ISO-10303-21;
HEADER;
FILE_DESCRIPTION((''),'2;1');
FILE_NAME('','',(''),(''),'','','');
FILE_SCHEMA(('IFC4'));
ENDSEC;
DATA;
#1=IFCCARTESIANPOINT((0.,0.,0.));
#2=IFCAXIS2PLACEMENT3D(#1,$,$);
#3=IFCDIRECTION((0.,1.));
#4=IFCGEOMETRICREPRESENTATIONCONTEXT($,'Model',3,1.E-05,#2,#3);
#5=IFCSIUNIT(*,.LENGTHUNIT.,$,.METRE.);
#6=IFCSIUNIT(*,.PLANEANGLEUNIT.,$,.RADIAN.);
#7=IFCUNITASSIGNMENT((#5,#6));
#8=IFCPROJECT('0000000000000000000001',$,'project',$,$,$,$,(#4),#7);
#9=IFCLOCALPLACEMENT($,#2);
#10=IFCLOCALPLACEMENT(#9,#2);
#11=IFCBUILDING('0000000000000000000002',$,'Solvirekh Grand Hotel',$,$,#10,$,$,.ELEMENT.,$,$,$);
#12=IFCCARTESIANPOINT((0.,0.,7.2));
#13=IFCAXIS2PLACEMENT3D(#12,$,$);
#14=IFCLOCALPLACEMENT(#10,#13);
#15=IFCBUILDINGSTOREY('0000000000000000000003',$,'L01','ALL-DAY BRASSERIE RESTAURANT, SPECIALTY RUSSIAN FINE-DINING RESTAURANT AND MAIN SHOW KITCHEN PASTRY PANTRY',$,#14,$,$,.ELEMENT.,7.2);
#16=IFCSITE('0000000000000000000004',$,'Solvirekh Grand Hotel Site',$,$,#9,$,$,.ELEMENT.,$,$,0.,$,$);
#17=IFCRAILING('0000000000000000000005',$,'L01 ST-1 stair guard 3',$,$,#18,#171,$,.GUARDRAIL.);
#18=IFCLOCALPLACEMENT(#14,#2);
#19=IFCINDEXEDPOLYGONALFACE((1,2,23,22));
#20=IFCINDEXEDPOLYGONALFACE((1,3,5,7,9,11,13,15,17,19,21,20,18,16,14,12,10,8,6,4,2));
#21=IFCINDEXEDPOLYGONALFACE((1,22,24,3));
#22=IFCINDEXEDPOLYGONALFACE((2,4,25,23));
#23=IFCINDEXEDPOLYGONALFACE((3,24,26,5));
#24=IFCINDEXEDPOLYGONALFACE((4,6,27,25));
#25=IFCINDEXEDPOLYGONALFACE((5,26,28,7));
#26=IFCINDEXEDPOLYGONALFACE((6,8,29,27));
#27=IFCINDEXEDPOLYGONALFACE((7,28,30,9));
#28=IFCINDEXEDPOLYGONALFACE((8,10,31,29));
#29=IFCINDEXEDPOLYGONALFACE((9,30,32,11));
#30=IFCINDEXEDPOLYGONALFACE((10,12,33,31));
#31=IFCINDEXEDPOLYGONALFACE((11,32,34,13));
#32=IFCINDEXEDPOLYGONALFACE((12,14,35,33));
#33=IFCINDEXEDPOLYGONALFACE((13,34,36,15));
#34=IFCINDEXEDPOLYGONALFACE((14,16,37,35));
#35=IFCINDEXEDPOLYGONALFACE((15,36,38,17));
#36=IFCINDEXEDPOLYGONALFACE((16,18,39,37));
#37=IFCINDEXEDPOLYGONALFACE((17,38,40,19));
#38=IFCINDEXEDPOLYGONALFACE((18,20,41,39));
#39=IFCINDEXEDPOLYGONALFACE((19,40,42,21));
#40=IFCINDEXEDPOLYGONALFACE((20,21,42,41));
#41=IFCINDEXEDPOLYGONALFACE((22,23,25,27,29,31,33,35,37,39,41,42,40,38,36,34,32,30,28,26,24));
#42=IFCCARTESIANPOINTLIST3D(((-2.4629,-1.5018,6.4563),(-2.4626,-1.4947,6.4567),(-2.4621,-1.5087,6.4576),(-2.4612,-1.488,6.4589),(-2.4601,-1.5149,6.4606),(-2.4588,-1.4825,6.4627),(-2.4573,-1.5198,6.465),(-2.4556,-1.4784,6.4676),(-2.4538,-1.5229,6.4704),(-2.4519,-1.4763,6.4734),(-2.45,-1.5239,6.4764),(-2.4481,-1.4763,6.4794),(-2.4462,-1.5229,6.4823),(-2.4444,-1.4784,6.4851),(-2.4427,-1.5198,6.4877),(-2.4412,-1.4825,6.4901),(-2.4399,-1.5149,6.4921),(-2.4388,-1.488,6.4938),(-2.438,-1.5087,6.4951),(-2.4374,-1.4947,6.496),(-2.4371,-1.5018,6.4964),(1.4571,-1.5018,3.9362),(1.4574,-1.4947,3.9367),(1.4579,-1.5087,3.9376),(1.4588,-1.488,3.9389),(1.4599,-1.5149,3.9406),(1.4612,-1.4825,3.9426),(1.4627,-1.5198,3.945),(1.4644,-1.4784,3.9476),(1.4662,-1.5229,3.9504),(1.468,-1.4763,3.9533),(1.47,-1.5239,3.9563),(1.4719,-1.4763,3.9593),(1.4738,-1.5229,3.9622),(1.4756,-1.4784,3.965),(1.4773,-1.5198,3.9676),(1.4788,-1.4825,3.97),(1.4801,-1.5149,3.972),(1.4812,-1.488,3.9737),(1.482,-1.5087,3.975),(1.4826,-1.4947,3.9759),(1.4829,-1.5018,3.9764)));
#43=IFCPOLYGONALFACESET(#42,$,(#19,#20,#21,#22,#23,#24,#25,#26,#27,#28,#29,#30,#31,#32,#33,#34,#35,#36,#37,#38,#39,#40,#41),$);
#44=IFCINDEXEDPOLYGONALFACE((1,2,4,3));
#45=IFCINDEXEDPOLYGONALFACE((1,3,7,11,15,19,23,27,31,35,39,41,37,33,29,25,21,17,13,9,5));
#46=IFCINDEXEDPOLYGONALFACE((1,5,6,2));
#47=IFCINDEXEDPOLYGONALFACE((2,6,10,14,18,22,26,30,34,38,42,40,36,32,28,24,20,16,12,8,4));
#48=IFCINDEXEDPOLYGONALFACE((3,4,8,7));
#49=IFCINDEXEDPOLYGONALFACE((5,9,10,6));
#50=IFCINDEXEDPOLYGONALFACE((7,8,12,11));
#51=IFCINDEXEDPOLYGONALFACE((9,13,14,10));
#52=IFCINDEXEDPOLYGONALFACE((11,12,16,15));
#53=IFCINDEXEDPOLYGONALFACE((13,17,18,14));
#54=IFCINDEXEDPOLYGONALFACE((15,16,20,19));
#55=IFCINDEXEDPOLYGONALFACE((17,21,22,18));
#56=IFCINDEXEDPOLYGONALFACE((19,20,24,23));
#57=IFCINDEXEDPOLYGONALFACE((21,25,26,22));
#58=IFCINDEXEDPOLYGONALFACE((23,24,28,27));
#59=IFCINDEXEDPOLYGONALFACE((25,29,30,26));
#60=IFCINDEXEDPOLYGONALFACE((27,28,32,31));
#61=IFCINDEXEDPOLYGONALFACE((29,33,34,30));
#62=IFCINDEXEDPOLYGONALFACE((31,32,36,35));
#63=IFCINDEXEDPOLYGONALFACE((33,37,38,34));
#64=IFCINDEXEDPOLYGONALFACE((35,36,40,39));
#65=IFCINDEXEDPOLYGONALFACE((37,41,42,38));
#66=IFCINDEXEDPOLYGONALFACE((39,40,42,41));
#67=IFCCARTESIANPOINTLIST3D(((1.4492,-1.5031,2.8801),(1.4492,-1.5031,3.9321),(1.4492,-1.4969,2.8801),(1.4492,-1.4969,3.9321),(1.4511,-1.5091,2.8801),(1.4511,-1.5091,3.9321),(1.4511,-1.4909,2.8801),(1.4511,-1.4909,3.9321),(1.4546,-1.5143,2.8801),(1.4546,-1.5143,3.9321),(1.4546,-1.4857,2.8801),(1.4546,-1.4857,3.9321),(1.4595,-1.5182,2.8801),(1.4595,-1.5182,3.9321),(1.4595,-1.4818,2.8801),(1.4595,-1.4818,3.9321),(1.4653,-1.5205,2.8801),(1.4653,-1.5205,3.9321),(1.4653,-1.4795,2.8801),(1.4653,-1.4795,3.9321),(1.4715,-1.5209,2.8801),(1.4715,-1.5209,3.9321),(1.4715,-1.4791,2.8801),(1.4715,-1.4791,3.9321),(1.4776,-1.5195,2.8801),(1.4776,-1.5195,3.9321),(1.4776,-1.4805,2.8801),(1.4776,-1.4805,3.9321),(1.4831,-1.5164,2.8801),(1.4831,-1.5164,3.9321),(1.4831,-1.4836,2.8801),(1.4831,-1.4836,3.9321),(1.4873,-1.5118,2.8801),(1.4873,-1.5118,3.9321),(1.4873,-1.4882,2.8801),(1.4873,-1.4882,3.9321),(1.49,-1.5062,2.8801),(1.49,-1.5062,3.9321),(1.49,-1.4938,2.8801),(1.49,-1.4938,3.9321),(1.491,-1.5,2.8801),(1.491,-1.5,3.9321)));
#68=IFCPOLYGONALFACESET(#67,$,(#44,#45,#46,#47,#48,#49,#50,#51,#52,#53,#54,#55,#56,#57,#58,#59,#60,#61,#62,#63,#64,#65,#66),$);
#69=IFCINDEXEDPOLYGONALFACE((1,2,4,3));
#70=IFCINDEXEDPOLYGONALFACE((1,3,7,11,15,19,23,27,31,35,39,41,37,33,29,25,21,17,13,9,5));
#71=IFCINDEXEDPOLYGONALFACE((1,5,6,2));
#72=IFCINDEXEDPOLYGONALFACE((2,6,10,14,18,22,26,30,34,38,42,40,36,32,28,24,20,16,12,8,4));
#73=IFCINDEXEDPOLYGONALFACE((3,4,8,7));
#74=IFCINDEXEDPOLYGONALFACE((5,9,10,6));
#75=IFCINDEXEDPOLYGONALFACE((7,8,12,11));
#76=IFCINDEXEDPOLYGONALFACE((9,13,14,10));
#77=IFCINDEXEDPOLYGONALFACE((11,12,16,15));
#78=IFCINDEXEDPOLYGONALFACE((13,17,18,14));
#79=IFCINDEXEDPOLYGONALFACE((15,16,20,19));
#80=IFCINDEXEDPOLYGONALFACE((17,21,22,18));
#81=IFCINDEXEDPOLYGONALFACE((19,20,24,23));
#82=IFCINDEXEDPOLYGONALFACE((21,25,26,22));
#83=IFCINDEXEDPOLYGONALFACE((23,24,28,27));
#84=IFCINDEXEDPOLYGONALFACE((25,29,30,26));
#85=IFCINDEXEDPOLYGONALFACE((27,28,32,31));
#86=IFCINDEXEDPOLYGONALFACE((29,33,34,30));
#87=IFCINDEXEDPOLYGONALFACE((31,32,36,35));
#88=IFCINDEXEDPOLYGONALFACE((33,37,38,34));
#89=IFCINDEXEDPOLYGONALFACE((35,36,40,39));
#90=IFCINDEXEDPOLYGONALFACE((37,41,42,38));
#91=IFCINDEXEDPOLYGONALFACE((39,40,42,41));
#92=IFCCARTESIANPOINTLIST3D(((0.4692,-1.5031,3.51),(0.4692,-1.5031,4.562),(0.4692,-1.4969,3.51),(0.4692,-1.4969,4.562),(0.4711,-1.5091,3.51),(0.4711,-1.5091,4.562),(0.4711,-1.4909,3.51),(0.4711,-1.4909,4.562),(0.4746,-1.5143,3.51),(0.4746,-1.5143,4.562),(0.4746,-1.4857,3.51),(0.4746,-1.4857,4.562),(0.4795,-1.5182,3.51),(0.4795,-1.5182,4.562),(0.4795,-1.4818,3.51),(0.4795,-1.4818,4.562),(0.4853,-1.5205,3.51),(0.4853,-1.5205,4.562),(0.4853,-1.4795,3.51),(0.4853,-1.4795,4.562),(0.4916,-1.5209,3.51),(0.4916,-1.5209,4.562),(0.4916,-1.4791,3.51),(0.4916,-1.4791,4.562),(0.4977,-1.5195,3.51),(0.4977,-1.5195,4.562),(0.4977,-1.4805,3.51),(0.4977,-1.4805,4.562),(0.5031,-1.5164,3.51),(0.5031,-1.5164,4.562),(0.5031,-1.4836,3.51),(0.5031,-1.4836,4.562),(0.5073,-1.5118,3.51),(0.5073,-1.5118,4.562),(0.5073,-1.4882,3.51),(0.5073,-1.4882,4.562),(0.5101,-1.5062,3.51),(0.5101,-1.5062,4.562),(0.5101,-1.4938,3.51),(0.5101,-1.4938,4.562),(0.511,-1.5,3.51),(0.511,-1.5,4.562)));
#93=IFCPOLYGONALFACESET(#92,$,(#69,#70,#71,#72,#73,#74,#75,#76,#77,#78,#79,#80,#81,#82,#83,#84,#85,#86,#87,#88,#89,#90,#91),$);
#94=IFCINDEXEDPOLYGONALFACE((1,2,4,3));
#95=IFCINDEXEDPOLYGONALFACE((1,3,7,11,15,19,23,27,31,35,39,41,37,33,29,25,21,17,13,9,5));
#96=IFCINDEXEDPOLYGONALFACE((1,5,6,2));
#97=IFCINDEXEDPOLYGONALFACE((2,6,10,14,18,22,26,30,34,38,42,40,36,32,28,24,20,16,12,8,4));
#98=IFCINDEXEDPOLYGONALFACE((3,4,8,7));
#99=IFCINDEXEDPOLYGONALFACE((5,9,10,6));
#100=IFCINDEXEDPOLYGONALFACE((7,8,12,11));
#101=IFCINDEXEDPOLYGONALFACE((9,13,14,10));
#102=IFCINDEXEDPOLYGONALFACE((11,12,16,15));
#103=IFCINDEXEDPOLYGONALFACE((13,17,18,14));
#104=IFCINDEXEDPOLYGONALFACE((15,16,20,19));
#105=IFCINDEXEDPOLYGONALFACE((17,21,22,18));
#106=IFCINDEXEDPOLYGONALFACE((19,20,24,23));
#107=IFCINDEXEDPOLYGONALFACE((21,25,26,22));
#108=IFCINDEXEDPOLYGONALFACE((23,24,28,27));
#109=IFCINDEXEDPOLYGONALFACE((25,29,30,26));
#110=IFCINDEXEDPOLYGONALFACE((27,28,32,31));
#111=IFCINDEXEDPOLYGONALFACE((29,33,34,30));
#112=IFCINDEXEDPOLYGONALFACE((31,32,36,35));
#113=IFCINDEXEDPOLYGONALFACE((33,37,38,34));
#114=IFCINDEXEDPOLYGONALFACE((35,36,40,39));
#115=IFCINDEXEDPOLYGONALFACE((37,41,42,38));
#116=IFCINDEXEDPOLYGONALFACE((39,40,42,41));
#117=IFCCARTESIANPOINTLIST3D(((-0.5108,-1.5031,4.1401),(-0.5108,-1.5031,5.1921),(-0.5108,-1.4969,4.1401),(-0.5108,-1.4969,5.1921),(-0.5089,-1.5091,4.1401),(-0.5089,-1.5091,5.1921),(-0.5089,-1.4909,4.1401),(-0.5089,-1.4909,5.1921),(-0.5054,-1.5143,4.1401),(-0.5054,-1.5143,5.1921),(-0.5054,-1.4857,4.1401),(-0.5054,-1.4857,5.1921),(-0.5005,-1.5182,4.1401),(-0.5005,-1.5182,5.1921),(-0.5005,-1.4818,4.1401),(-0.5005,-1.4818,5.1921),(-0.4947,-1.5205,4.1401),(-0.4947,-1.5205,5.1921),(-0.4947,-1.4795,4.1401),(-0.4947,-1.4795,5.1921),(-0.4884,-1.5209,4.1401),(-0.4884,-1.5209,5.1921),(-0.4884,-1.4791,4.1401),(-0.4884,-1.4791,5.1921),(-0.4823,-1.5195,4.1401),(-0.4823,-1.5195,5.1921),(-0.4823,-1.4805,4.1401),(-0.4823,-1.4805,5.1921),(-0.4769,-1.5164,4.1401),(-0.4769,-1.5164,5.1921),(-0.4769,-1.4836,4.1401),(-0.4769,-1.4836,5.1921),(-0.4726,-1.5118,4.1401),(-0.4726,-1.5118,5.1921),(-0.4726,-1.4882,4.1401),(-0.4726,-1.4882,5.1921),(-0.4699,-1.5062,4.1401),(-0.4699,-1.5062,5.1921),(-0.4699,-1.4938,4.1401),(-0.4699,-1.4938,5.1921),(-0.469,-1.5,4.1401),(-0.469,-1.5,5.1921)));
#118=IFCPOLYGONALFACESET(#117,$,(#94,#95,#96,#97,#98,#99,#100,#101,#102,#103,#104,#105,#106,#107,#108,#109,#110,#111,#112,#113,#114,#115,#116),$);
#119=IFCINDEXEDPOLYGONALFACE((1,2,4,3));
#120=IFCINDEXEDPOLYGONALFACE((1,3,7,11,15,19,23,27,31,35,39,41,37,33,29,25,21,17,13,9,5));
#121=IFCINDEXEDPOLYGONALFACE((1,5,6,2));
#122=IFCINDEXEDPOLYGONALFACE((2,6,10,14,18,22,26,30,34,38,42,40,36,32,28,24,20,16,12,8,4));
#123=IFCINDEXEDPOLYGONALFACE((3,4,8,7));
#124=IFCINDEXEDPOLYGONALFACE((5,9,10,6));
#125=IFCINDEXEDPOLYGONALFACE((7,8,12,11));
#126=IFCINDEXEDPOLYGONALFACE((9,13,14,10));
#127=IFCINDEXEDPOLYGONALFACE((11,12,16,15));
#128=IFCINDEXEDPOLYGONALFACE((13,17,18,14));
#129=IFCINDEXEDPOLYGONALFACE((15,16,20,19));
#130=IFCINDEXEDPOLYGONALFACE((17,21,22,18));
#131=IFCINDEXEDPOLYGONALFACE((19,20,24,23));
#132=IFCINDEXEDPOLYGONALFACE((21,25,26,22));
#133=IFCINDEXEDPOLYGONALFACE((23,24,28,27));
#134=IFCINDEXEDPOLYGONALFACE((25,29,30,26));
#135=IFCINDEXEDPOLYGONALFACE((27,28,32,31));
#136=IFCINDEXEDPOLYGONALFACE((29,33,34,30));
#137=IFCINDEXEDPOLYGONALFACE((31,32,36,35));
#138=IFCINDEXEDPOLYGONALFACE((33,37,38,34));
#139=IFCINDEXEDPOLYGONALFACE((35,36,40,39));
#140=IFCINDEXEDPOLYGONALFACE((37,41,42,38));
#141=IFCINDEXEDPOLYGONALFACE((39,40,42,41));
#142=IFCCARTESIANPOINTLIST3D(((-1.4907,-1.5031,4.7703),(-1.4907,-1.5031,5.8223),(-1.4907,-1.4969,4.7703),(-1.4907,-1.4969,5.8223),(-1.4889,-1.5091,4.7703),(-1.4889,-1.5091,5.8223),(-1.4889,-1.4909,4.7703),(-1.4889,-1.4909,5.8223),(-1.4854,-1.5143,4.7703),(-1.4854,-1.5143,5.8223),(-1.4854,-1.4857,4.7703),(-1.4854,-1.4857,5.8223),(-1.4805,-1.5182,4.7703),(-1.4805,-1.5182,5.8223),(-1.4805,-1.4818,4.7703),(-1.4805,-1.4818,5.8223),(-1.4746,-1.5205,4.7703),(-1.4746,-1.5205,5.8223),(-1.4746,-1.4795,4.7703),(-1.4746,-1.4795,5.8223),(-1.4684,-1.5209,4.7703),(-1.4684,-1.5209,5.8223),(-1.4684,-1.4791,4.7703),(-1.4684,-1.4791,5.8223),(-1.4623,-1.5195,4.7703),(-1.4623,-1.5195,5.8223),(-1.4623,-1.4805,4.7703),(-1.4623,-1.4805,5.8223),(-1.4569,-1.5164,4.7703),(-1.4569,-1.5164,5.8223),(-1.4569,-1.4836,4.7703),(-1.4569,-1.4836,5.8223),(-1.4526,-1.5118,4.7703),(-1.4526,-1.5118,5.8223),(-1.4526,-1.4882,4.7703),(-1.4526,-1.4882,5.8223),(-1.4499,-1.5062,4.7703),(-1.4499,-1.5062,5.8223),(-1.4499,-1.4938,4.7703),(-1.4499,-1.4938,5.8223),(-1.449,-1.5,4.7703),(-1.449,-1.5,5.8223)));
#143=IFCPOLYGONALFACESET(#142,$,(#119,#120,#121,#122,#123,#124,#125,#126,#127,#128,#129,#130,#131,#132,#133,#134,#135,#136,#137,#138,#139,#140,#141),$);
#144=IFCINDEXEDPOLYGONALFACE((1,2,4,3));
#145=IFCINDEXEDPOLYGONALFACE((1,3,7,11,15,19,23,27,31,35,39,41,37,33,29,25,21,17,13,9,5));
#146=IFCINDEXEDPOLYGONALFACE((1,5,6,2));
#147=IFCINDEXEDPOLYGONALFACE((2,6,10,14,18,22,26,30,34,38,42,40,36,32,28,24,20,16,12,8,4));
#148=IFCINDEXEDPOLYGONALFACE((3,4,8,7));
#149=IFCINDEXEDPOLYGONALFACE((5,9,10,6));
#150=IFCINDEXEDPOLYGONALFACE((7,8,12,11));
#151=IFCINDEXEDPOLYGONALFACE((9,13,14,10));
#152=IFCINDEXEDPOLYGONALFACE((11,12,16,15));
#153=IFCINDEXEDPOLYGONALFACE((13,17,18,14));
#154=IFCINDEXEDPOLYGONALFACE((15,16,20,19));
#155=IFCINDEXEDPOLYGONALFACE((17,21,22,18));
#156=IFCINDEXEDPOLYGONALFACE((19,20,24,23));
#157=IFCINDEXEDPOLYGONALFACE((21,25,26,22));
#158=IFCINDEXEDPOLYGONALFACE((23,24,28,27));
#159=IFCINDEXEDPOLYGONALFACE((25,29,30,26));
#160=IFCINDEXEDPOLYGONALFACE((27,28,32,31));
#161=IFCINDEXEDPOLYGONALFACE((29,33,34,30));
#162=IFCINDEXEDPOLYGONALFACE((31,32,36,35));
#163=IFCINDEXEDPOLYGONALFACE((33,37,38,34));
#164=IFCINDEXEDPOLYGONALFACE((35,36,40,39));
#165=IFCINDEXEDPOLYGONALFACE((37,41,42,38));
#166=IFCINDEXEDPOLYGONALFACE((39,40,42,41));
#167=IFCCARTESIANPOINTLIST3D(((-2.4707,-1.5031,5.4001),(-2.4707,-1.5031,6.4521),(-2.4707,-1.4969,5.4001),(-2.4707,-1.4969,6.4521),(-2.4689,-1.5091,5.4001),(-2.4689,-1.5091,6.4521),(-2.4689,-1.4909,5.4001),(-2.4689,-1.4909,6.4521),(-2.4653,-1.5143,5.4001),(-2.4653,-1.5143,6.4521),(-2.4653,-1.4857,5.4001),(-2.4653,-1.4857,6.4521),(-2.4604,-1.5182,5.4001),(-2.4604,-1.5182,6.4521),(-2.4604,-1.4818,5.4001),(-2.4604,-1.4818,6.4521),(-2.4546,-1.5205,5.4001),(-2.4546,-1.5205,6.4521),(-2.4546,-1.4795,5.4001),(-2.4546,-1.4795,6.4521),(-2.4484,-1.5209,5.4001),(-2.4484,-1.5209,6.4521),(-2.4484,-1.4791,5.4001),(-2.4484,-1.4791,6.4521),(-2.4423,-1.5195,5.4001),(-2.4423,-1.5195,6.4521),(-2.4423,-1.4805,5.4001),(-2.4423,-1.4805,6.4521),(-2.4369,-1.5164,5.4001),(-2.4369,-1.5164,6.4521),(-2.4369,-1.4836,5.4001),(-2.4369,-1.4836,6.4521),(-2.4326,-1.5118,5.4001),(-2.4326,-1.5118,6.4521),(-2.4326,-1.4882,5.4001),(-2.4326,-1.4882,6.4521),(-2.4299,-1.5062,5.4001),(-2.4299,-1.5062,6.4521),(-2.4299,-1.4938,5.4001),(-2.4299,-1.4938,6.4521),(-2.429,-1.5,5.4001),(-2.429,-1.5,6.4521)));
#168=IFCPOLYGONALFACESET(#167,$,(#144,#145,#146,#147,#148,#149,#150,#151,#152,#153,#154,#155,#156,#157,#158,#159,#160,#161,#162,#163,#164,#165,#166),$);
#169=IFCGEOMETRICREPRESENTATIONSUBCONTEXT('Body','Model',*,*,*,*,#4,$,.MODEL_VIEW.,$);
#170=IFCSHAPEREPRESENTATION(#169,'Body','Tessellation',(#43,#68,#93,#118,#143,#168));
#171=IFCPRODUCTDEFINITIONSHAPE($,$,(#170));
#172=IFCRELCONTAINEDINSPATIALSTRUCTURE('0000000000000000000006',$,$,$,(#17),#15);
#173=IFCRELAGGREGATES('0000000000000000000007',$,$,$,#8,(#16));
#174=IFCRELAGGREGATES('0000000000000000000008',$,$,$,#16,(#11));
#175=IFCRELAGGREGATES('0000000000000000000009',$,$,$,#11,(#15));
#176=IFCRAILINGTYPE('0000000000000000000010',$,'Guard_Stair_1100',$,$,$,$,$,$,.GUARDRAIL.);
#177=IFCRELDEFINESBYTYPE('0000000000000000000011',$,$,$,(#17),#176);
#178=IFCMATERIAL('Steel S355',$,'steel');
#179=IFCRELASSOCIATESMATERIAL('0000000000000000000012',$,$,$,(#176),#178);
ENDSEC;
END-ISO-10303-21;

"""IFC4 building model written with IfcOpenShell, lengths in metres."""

from ifc_helpers import new_model, si_unit, direction, frame, origin, origin_2d, place, context, subcontext, project, spatial, circle, extrude, material, type_object, element, save


model = new_model("IFC4")

# Units and contexts
model_context = context("Model", 3, precision=1e-05, world=origin(), true_north=direction((0.0, 1.0)))
body_context = subcontext(model_context, "Body", "Model", "MODEL_VIEW")
ifc_project = project(units=[si_unit("LENGTHUNIT", "METRE"), si_unit("PLANEANGLEUNIT", "RADIAN")], contexts=[model_context])

# Site, building, storey
site_placement = place(None, origin())
site = spatial("IfcSite", under=ifc_project, at=site_placement, Name="Solvirekh Grand Hotel Site", CompositionType="ELEMENT", RefElevation=0.0)
building_placement = place(site_placement, origin())
building = spatial("IfcBuilding", under=site, at=building_placement, Name="Solvirekh Grand Hotel", CompositionType="ELEMENT")
storey_placement = place(building_placement, frame((0.0, 0.0, 7.2)))
storey = spatial("IfcBuildingStorey", under=building, at=storey_placement, Name="L01", Description="ALL-DAY BRASSERIE RESTAURANT, SPECIALTY RUSSIAN FINE-DINING RESTAURANT AND MAIN SHOW KITCHEN PASTRY PANTRY", CompositionType="ELEMENT", Elevation=7.2)

# Shared definitions
ifc_material_1 = material(Name="Steel S355", Category="steel")

# Railing
railing_type_1 = type_object("IfcRailingType", Name="Guard_Stair_1100", PredefinedType="GUARDRAIL", material=ifc_material_1)
railing_1_placement = place(storey_placement, frame((1.47, -1.5, 2.8801)))
element("IfcRailing", 1, at=railing_1_placement, inside=storey, type_object=railing_type_1, Name="L01 ST-1 stair guard 3", PredefinedType="GUARDRAIL", context=body_context, shape_type="SweptSolid", body=[
    extrude(circle(Radius=0.0239, at=origin_2d()), frame((0.0, 0.0, 1.0762), z_axis=(-0.841172, 0.0, 0.540768), x_axis=(0.0, -1.0, 0.0)), (0.0, 0.0, 1.0), 4.6602),
    extrude(circle(Radius=0.021, at=origin_2d()), origin(), (0.0, 0.0, 1.0), 1.052),
    extrude(circle(Radius=0.021, at=origin_2d()), frame((-0.98, 0.0, 0.6299)), (0.0, 0.0, 1.0), 1.052),
    extrude(circle(Radius=0.021, at=origin_2d()), frame((-1.96, 0.0, 1.26)), (0.0, 0.0, 1.0), 1.052),
    extrude(circle(Radius=0.021, at=origin_2d()), frame((-2.9399, 0.0, 1.8901)), (0.0, 0.0, 1.0), 1.052),
    extrude(circle(Radius=0.021, at=origin_2d()), frame((-3.9199, 0.0, 2.52)), (0.0, 0.0, 1.0), 1.052),
])

save(model, "model.ifc")
